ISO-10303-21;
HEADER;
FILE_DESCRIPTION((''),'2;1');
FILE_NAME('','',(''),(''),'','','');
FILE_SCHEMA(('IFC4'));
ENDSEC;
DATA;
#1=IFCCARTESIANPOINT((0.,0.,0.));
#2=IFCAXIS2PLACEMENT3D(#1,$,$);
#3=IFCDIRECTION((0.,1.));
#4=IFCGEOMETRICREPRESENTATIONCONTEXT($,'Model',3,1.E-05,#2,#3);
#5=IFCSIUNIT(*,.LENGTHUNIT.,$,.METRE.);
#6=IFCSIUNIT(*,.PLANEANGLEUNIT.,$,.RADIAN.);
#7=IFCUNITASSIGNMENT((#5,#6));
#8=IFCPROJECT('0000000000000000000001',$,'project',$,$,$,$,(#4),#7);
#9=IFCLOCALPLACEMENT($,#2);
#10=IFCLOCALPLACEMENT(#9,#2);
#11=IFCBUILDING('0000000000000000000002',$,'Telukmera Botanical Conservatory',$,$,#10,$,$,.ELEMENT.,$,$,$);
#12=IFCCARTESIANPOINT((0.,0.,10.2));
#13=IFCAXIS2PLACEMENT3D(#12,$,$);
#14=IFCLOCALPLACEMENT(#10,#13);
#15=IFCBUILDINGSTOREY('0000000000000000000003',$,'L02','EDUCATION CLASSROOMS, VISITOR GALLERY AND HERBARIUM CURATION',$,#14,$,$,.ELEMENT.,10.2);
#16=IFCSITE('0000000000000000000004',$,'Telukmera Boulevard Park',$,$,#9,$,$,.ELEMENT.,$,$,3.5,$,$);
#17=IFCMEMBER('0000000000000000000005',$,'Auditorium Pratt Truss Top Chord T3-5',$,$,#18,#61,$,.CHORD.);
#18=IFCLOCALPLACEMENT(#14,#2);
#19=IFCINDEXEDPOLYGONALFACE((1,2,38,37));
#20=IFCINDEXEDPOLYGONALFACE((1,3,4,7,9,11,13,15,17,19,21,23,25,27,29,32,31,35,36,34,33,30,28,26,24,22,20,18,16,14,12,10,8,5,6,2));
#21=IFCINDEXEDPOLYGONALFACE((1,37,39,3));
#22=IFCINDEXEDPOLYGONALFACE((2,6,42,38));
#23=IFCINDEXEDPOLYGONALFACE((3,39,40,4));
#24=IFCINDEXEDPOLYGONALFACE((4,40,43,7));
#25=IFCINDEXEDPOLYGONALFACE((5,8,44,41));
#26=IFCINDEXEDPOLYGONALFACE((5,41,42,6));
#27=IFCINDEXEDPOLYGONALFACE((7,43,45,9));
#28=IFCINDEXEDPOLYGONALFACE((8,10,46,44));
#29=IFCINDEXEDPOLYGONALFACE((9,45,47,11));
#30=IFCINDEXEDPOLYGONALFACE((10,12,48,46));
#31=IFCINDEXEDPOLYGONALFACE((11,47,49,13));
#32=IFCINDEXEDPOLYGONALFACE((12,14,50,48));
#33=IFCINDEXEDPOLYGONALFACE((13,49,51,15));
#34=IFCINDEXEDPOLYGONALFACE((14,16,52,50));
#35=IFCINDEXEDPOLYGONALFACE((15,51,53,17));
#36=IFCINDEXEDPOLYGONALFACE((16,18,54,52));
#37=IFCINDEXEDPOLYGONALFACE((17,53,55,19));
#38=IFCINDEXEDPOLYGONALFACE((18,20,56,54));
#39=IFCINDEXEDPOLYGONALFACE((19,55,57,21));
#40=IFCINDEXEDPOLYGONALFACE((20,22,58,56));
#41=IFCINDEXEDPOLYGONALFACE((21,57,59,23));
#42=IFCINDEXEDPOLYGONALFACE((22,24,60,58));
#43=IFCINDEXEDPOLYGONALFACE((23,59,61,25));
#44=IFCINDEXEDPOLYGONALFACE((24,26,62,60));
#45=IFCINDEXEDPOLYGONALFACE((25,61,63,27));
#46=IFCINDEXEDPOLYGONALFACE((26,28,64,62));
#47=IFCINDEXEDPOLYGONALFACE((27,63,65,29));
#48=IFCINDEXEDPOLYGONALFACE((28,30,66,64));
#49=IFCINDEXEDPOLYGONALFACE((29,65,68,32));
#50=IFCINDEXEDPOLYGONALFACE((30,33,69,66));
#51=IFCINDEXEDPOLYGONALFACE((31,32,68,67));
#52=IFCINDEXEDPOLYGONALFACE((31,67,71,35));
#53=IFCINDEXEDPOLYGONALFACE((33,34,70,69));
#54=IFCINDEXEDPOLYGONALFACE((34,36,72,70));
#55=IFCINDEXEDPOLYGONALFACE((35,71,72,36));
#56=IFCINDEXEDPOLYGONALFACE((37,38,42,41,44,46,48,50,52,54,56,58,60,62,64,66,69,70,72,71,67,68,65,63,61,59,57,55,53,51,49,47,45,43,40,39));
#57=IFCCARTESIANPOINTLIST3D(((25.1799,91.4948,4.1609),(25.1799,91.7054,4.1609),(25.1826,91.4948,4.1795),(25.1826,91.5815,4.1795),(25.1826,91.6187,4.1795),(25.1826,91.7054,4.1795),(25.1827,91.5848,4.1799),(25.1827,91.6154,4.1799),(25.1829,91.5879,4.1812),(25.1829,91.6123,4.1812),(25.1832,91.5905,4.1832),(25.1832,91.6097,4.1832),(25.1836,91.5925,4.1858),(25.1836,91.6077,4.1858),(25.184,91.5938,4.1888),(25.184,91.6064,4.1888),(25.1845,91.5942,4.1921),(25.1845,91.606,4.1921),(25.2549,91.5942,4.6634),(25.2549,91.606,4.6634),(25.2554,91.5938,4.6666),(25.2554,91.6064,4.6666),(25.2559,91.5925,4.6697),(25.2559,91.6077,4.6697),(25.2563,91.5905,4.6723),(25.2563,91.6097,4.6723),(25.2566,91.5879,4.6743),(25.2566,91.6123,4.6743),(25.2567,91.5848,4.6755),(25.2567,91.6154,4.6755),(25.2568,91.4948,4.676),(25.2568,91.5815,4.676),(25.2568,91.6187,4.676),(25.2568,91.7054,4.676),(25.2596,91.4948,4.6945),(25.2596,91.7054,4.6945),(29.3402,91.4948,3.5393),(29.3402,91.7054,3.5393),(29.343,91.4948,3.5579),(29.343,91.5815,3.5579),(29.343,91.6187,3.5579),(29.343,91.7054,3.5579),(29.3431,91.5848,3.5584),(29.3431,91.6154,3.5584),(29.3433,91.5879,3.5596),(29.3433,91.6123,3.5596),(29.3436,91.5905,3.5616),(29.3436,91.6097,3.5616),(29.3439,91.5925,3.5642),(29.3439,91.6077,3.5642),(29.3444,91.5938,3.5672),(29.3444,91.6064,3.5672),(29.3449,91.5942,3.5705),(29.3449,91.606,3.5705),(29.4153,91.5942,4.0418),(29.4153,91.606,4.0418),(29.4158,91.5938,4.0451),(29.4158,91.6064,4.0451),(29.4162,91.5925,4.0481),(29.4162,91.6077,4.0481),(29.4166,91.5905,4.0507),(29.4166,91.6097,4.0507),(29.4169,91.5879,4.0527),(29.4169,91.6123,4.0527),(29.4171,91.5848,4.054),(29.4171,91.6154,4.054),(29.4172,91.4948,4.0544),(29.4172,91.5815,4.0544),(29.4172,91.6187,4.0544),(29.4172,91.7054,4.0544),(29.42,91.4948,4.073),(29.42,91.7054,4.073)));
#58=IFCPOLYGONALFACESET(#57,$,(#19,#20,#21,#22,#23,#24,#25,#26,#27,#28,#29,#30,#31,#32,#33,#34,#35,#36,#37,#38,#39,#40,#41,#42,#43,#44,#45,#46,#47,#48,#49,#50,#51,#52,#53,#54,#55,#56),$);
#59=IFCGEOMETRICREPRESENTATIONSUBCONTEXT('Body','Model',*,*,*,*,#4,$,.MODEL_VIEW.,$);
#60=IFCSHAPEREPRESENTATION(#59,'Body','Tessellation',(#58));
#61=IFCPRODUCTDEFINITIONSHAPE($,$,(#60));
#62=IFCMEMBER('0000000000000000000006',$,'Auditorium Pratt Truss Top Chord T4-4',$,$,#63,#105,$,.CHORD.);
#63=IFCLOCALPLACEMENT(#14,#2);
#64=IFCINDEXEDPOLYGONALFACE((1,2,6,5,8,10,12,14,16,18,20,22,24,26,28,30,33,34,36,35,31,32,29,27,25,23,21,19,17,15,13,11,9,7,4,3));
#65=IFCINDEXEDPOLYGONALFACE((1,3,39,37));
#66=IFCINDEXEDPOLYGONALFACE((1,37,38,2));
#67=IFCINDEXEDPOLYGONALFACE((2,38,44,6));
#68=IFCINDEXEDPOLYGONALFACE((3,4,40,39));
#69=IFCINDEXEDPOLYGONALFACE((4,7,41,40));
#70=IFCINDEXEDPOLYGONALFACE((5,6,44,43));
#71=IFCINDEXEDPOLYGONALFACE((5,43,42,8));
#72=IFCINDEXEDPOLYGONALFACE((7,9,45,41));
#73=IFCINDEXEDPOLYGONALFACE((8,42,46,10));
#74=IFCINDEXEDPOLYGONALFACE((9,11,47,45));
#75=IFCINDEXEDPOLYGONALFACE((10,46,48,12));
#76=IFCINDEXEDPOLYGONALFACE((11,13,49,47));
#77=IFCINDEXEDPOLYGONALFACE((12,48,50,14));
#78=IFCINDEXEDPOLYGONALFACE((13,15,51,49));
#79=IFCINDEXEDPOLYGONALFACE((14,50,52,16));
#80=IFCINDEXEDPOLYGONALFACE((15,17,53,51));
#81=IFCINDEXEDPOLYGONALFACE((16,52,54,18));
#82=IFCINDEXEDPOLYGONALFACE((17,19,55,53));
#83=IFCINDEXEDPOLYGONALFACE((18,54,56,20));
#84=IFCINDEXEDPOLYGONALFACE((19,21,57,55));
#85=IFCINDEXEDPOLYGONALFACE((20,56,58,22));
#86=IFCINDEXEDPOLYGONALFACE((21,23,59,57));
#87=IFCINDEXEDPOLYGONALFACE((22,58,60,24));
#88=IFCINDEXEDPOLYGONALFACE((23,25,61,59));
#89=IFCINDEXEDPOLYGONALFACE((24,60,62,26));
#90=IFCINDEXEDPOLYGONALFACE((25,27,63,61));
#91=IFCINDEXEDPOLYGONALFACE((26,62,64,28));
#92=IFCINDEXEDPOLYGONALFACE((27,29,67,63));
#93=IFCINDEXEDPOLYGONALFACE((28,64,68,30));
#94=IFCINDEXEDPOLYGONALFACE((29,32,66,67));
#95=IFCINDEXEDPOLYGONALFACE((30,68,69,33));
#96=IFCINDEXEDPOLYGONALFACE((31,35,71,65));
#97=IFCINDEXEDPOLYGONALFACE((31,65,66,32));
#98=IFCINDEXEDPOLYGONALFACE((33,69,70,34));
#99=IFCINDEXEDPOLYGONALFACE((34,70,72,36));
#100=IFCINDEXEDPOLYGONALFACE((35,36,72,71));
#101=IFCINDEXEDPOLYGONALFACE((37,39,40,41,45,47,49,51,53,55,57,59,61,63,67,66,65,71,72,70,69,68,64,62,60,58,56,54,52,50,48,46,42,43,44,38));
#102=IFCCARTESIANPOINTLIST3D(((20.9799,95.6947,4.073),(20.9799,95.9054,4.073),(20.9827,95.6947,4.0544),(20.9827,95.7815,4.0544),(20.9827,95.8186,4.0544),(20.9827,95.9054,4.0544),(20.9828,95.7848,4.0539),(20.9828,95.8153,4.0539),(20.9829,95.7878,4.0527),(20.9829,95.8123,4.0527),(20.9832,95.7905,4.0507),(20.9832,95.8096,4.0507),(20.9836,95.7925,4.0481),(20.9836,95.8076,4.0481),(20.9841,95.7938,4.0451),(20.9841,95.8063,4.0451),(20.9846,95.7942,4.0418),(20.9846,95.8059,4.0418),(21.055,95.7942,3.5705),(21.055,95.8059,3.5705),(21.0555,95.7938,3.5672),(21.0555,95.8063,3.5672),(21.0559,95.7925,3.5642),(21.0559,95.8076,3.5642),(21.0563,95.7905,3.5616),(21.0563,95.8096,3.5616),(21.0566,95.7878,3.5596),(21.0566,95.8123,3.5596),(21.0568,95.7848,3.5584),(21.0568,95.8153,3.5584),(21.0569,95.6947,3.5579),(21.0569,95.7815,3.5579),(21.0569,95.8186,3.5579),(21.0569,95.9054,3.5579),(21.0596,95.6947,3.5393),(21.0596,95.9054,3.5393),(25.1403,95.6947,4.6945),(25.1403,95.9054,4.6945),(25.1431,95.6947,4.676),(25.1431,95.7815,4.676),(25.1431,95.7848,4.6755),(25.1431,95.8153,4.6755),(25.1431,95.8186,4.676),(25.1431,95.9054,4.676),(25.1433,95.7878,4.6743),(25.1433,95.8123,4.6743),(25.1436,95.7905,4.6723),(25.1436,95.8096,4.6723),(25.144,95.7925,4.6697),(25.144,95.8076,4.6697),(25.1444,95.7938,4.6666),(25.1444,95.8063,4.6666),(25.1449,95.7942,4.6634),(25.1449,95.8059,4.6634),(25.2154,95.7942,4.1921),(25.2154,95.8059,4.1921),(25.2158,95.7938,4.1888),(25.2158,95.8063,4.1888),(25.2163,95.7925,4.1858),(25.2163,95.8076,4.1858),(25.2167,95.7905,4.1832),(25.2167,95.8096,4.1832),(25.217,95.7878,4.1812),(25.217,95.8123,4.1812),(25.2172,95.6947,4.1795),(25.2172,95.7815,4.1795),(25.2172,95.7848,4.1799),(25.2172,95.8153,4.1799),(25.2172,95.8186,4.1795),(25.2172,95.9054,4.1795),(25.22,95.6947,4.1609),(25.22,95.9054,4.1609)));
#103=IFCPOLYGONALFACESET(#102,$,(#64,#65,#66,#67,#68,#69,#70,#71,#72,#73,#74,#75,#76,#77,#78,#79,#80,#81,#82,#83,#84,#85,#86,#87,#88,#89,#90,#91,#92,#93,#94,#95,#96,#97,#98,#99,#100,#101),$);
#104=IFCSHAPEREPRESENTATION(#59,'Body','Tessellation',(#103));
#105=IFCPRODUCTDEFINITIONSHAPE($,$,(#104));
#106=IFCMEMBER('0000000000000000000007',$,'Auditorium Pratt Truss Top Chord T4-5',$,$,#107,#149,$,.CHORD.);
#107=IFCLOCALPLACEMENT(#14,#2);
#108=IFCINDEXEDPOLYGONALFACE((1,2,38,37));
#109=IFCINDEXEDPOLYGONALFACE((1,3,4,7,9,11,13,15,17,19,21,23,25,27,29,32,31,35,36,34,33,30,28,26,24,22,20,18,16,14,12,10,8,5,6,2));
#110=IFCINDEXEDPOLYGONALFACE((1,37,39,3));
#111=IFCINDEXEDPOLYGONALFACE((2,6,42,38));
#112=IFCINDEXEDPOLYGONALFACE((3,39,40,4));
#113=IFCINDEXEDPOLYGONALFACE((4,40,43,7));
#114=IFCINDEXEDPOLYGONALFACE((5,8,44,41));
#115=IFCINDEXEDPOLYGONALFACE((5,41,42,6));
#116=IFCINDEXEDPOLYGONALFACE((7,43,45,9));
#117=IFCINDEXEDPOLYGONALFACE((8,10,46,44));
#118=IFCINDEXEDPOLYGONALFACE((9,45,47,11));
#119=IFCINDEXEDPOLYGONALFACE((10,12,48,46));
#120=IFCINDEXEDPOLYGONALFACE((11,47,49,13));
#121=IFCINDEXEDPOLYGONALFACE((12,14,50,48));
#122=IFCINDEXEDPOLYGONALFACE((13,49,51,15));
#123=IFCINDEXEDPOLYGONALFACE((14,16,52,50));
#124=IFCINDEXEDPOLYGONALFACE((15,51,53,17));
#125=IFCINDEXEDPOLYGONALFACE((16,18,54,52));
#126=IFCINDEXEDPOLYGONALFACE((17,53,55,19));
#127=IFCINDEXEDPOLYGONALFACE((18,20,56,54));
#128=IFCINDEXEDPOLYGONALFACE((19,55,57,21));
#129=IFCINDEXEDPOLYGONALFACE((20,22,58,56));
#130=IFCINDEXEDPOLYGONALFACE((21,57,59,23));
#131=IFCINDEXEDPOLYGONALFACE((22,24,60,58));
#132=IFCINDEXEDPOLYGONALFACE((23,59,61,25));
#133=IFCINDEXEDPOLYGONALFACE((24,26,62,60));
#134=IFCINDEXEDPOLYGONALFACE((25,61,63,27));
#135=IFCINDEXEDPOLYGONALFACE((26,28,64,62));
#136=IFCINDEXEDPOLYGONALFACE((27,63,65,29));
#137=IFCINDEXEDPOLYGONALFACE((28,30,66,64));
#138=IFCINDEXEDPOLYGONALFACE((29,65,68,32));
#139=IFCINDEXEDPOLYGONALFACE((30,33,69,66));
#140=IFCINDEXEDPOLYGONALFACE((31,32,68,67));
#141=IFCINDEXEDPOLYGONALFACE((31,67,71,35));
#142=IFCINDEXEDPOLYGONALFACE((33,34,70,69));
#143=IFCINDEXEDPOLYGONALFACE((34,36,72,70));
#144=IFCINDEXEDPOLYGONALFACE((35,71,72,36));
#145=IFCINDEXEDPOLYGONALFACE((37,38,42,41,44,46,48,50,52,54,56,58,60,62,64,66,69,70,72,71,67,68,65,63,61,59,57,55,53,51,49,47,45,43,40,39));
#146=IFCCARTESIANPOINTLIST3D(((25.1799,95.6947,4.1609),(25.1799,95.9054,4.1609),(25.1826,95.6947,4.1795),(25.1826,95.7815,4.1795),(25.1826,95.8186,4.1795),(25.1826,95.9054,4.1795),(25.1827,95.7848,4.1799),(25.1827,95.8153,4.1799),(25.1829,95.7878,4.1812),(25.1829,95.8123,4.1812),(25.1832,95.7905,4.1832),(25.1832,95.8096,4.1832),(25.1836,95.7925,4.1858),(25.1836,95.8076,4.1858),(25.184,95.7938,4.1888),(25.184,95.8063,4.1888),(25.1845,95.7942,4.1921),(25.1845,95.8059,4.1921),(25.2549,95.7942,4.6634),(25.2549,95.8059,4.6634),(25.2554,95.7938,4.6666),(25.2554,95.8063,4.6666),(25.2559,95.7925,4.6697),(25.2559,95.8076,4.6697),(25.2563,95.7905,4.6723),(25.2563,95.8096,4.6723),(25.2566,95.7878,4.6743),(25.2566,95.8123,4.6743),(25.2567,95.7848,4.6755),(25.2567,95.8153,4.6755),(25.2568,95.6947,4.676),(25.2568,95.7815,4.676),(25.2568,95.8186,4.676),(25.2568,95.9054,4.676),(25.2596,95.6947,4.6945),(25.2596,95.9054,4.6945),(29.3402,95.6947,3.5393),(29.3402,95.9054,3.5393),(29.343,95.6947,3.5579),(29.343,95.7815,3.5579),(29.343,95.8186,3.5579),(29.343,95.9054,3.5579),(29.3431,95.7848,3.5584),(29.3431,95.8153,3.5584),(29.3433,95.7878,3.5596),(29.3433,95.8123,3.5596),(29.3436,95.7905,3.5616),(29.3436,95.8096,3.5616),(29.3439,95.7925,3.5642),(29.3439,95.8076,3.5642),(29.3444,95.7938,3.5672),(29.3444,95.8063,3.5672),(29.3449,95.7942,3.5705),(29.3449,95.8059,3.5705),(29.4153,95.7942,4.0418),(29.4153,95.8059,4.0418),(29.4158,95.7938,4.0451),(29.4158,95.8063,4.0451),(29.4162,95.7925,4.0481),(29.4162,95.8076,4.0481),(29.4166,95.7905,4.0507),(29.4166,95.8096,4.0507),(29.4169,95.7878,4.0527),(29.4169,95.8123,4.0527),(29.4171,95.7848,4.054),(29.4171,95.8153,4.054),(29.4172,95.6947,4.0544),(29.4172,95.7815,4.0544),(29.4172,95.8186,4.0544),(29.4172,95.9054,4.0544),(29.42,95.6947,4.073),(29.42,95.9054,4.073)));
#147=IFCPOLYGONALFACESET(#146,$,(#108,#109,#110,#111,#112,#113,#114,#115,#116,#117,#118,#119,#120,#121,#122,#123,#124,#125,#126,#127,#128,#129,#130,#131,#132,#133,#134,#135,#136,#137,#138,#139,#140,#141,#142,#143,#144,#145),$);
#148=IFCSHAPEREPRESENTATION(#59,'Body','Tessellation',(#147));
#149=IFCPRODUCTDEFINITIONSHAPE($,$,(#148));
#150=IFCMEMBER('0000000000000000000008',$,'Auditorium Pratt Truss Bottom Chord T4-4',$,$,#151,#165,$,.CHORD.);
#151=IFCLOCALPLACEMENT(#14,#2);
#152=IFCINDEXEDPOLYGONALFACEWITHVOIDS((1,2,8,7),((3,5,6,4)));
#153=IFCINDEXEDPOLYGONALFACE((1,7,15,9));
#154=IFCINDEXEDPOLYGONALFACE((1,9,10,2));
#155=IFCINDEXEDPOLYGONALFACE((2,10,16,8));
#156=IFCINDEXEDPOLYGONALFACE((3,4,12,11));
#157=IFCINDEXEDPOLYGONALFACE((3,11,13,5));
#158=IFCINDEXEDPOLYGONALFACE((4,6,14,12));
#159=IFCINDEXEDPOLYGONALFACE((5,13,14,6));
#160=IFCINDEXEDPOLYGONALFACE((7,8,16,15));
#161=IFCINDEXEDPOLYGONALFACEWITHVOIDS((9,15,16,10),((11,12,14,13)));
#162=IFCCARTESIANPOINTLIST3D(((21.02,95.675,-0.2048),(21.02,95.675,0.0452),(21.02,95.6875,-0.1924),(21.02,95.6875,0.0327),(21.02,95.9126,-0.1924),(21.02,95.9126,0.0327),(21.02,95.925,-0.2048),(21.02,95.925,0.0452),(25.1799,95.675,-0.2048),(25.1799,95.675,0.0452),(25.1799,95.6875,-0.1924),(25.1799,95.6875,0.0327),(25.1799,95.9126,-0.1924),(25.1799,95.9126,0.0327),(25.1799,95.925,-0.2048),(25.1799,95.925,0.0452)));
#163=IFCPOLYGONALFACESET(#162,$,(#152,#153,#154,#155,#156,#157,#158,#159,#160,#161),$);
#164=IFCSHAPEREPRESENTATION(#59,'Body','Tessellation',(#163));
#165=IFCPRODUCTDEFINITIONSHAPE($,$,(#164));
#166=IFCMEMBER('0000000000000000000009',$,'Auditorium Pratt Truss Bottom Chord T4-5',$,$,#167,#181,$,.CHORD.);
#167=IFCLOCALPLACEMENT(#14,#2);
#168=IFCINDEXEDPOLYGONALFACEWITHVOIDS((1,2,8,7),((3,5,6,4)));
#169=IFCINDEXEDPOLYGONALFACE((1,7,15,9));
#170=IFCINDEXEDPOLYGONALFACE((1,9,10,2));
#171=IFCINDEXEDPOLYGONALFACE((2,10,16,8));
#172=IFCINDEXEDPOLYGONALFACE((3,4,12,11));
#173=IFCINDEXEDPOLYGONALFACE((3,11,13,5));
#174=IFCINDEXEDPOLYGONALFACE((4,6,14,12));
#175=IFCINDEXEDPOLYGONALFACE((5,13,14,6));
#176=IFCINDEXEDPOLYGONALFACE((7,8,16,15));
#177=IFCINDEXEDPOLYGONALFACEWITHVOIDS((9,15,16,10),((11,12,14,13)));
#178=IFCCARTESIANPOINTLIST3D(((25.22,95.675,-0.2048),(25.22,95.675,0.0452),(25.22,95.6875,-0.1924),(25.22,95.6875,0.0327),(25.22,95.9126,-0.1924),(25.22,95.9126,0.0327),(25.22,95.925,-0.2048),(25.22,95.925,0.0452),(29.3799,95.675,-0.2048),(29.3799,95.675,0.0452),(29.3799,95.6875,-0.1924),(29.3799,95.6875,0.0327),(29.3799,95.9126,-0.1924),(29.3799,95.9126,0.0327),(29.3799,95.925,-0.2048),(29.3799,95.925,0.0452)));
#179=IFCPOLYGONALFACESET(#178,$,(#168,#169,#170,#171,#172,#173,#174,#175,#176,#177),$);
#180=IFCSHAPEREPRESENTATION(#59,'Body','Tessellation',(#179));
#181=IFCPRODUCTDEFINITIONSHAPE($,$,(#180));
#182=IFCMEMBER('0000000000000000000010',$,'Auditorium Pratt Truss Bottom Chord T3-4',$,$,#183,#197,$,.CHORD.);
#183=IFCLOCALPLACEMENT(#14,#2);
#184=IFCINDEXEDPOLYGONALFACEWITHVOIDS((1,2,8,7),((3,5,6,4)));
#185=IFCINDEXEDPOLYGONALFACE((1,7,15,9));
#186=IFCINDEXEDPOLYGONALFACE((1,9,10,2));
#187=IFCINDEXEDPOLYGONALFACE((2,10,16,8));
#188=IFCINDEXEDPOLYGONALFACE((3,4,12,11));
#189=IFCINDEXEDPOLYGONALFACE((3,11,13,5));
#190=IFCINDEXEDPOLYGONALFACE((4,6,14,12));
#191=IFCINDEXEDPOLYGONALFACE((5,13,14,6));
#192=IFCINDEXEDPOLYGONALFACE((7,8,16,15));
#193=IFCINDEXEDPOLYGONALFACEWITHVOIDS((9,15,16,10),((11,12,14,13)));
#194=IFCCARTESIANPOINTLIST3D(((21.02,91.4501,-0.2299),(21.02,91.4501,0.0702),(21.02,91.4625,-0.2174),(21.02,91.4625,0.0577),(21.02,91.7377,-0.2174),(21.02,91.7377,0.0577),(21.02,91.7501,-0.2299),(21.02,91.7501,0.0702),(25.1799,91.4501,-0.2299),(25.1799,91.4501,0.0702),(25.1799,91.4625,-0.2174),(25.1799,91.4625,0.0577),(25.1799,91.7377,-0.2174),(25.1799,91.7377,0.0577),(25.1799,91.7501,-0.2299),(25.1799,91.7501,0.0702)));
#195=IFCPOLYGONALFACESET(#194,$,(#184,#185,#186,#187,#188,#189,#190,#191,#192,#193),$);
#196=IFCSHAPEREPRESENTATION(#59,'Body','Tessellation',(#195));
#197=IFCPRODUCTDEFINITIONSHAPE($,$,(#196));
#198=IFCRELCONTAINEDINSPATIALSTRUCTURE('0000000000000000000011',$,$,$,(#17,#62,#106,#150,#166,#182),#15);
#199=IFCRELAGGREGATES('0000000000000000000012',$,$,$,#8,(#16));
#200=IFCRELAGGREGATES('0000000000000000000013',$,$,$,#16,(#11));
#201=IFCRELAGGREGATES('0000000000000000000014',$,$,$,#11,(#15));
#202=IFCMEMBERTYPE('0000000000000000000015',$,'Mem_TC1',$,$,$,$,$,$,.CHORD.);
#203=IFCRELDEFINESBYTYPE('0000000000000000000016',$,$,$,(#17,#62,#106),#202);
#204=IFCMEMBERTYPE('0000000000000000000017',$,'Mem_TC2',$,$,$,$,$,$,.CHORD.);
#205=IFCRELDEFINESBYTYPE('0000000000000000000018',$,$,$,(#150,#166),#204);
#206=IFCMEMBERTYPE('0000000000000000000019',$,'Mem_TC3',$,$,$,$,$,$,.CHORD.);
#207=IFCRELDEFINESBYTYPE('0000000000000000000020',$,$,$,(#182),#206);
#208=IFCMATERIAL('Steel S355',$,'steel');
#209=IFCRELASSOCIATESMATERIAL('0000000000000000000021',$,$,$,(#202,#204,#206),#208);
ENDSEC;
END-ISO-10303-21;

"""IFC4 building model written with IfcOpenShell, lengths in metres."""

from ifc_helpers import new_model, si_unit, direction, frame, origin, origin_2d, place, context, subcontext, project, spatial, hollow_rectangle, i_section, extrude, material, material_profile, profile_set, type_object, element, save


model = new_model("IFC4")

# Units and contexts
model_context = context("Model", 3, precision=1e-05, world=origin(), true_north=direction((0.0, 1.0)))
body_context = subcontext(model_context, "Body", "Model", "MODEL_VIEW")
ifc_project = project(units=[si_unit("LENGTHUNIT", "METRE"), si_unit("PLANEANGLEUNIT", "RADIAN")], contexts=[model_context])

# Site, building, storey
site_placement = place(None, origin())
site = spatial("IfcSite", under=ifc_project, at=site_placement, Name="Telukmera Boulevard Park", CompositionType="ELEMENT", RefElevation=3.5)
building_placement = place(site_placement, origin())
building = spatial("IfcBuilding", under=site, at=building_placement, Name="Telukmera Botanical Conservatory", CompositionType="ELEMENT")
storey_placement = place(building_placement, frame((0.0, 0.0, 10.2)))
storey = spatial("IfcBuildingStorey", under=building, at=storey_placement, Name="L02", Description="EDUCATION CLASSROOMS, VISITOR GALLERY AND HERBARIUM CURATION", CompositionType="ELEMENT", Elevation=10.2)

# Members
ifc_material = material(Name="Steel S355", Category="steel")
ifc_material_profile_1 = material_profile(ifc_material, i_section(OverallWidth=0.2107, OverallDepth=0.5396, WebThickness=0.0117, FlangeThickness=0.0188, FilletRadius=0.0127, at=origin_2d()), Name="UB 533x210x109")
ifc_profile_set_1 = profile_set([ifc_material_profile_1], Name="Steel S355")
member_type_1 = type_object("IfcMemberType", Name="Mem_TC1", PredefinedType="CHORD", material=ifc_profile_set_1)
for number, where, z_axis, x_axis, name in (
    (1, (25.2197, 91.6001, 4.4277), (0.989023, 0.0, -0.147764), (0.0, 1.0, 0.0), "Auditorium Pratt Truss Top Chord T3-5"),
    (2, (21.0198, 95.8, 3.8062), (0.989023, 0.0, 0.147764), (0.0, 1.0, 0.0), "Auditorium Pratt Truss Top Chord T4-4"),
    (3, (25.2197, 95.8, 4.4277), (0.989023, 0.0, -0.147764), (0.0, 1.0, 0.0), "Auditorium Pratt Truss Top Chord T4-5"),
):
    element("IfcMember", number, at=place(storey_placement, frame(where, z_axis=z_axis, x_axis=x_axis)), inside=storey, type_object=member_type_1, Name=name, PredefinedType="CHORD", context=body_context, shape_type="SweptSolid", body=[
        extrude(i_section(OverallWidth=0.2107, OverallDepth=0.5396, WebThickness=0.0117, FlangeThickness=0.0188, FilletRadius=0.0127, at=origin_2d()), origin(), (0.0, 0.0, 1.0), 4.2065),
    ])
ifc_material_profile_2 = material_profile(ifc_material, hollow_rectangle(XDim=0.25, YDim=0.25, WallThickness=0.0125, at=origin_2d()), Name="SHS 250x250x12.5")
ifc_profile_set_2 = profile_set([ifc_material_profile_2], Name="Steel S355")
member_type_2 = type_object("IfcMemberType", Name="Mem_TC2", PredefinedType="CHORD", material=ifc_profile_set_2)
for number, where, z_axis, x_axis, name in (
    (4, (21.02, 95.8, -0.0798), (1.0, 0.0, 0.0), (0.0, 1.0, 0.0), "Auditorium Pratt Truss Bottom Chord T4-4"),
    (5, (25.22, 95.8, -0.0798), (1.0, 0.0, 0.0), (0.0, 1.0, 0.0), "Auditorium Pratt Truss Bottom Chord T4-5"),
):
    element("IfcMember", number, at=place(storey_placement, frame(where, z_axis=z_axis, x_axis=x_axis)), inside=storey, type_object=member_type_2, Name=name, PredefinedType="CHORD", context=body_context, shape_type="SweptSolid", body=[
        extrude(hollow_rectangle(XDim=0.25, YDim=0.25, WallThickness=0.0125, at=origin_2d()), origin(), (0.0, 0.0, 1.0), 4.1599),
    ])
ifc_material_profile_3 = material_profile(ifc_material, hollow_rectangle(XDim=0.3, YDim=0.3, WallThickness=0.0125, at=origin_2d()), Name="SHS 300x300x12.5")
ifc_profile_set_3 = profile_set([ifc_material_profile_3], Name="Steel S355")
member_type_3 = type_object("IfcMemberType", Name="Mem_TC3", PredefinedType="CHORD", material=ifc_profile_set_3)
for number, where, z_axis, x_axis, name in (
    (6, (21.02, 91.6001, -0.0798), (1.0, 0.0, 0.0), (0.0, 1.0, 0.0), "Auditorium Pratt Truss Bottom Chord T3-4"),
):
    element("IfcMember", number, at=place(storey_placement, frame(where, z_axis=z_axis, x_axis=x_axis)), inside=storey, type_object=member_type_3, Name=name, PredefinedType="CHORD", context=body_context, shape_type="SweptSolid", body=[
        extrude(hollow_rectangle(XDim=0.3, YDim=0.3, WallThickness=0.0125, at=origin_2d()), origin(), (0.0, 0.0, 1.0), 4.1599),
    ])

save(model, "model.ifc")
